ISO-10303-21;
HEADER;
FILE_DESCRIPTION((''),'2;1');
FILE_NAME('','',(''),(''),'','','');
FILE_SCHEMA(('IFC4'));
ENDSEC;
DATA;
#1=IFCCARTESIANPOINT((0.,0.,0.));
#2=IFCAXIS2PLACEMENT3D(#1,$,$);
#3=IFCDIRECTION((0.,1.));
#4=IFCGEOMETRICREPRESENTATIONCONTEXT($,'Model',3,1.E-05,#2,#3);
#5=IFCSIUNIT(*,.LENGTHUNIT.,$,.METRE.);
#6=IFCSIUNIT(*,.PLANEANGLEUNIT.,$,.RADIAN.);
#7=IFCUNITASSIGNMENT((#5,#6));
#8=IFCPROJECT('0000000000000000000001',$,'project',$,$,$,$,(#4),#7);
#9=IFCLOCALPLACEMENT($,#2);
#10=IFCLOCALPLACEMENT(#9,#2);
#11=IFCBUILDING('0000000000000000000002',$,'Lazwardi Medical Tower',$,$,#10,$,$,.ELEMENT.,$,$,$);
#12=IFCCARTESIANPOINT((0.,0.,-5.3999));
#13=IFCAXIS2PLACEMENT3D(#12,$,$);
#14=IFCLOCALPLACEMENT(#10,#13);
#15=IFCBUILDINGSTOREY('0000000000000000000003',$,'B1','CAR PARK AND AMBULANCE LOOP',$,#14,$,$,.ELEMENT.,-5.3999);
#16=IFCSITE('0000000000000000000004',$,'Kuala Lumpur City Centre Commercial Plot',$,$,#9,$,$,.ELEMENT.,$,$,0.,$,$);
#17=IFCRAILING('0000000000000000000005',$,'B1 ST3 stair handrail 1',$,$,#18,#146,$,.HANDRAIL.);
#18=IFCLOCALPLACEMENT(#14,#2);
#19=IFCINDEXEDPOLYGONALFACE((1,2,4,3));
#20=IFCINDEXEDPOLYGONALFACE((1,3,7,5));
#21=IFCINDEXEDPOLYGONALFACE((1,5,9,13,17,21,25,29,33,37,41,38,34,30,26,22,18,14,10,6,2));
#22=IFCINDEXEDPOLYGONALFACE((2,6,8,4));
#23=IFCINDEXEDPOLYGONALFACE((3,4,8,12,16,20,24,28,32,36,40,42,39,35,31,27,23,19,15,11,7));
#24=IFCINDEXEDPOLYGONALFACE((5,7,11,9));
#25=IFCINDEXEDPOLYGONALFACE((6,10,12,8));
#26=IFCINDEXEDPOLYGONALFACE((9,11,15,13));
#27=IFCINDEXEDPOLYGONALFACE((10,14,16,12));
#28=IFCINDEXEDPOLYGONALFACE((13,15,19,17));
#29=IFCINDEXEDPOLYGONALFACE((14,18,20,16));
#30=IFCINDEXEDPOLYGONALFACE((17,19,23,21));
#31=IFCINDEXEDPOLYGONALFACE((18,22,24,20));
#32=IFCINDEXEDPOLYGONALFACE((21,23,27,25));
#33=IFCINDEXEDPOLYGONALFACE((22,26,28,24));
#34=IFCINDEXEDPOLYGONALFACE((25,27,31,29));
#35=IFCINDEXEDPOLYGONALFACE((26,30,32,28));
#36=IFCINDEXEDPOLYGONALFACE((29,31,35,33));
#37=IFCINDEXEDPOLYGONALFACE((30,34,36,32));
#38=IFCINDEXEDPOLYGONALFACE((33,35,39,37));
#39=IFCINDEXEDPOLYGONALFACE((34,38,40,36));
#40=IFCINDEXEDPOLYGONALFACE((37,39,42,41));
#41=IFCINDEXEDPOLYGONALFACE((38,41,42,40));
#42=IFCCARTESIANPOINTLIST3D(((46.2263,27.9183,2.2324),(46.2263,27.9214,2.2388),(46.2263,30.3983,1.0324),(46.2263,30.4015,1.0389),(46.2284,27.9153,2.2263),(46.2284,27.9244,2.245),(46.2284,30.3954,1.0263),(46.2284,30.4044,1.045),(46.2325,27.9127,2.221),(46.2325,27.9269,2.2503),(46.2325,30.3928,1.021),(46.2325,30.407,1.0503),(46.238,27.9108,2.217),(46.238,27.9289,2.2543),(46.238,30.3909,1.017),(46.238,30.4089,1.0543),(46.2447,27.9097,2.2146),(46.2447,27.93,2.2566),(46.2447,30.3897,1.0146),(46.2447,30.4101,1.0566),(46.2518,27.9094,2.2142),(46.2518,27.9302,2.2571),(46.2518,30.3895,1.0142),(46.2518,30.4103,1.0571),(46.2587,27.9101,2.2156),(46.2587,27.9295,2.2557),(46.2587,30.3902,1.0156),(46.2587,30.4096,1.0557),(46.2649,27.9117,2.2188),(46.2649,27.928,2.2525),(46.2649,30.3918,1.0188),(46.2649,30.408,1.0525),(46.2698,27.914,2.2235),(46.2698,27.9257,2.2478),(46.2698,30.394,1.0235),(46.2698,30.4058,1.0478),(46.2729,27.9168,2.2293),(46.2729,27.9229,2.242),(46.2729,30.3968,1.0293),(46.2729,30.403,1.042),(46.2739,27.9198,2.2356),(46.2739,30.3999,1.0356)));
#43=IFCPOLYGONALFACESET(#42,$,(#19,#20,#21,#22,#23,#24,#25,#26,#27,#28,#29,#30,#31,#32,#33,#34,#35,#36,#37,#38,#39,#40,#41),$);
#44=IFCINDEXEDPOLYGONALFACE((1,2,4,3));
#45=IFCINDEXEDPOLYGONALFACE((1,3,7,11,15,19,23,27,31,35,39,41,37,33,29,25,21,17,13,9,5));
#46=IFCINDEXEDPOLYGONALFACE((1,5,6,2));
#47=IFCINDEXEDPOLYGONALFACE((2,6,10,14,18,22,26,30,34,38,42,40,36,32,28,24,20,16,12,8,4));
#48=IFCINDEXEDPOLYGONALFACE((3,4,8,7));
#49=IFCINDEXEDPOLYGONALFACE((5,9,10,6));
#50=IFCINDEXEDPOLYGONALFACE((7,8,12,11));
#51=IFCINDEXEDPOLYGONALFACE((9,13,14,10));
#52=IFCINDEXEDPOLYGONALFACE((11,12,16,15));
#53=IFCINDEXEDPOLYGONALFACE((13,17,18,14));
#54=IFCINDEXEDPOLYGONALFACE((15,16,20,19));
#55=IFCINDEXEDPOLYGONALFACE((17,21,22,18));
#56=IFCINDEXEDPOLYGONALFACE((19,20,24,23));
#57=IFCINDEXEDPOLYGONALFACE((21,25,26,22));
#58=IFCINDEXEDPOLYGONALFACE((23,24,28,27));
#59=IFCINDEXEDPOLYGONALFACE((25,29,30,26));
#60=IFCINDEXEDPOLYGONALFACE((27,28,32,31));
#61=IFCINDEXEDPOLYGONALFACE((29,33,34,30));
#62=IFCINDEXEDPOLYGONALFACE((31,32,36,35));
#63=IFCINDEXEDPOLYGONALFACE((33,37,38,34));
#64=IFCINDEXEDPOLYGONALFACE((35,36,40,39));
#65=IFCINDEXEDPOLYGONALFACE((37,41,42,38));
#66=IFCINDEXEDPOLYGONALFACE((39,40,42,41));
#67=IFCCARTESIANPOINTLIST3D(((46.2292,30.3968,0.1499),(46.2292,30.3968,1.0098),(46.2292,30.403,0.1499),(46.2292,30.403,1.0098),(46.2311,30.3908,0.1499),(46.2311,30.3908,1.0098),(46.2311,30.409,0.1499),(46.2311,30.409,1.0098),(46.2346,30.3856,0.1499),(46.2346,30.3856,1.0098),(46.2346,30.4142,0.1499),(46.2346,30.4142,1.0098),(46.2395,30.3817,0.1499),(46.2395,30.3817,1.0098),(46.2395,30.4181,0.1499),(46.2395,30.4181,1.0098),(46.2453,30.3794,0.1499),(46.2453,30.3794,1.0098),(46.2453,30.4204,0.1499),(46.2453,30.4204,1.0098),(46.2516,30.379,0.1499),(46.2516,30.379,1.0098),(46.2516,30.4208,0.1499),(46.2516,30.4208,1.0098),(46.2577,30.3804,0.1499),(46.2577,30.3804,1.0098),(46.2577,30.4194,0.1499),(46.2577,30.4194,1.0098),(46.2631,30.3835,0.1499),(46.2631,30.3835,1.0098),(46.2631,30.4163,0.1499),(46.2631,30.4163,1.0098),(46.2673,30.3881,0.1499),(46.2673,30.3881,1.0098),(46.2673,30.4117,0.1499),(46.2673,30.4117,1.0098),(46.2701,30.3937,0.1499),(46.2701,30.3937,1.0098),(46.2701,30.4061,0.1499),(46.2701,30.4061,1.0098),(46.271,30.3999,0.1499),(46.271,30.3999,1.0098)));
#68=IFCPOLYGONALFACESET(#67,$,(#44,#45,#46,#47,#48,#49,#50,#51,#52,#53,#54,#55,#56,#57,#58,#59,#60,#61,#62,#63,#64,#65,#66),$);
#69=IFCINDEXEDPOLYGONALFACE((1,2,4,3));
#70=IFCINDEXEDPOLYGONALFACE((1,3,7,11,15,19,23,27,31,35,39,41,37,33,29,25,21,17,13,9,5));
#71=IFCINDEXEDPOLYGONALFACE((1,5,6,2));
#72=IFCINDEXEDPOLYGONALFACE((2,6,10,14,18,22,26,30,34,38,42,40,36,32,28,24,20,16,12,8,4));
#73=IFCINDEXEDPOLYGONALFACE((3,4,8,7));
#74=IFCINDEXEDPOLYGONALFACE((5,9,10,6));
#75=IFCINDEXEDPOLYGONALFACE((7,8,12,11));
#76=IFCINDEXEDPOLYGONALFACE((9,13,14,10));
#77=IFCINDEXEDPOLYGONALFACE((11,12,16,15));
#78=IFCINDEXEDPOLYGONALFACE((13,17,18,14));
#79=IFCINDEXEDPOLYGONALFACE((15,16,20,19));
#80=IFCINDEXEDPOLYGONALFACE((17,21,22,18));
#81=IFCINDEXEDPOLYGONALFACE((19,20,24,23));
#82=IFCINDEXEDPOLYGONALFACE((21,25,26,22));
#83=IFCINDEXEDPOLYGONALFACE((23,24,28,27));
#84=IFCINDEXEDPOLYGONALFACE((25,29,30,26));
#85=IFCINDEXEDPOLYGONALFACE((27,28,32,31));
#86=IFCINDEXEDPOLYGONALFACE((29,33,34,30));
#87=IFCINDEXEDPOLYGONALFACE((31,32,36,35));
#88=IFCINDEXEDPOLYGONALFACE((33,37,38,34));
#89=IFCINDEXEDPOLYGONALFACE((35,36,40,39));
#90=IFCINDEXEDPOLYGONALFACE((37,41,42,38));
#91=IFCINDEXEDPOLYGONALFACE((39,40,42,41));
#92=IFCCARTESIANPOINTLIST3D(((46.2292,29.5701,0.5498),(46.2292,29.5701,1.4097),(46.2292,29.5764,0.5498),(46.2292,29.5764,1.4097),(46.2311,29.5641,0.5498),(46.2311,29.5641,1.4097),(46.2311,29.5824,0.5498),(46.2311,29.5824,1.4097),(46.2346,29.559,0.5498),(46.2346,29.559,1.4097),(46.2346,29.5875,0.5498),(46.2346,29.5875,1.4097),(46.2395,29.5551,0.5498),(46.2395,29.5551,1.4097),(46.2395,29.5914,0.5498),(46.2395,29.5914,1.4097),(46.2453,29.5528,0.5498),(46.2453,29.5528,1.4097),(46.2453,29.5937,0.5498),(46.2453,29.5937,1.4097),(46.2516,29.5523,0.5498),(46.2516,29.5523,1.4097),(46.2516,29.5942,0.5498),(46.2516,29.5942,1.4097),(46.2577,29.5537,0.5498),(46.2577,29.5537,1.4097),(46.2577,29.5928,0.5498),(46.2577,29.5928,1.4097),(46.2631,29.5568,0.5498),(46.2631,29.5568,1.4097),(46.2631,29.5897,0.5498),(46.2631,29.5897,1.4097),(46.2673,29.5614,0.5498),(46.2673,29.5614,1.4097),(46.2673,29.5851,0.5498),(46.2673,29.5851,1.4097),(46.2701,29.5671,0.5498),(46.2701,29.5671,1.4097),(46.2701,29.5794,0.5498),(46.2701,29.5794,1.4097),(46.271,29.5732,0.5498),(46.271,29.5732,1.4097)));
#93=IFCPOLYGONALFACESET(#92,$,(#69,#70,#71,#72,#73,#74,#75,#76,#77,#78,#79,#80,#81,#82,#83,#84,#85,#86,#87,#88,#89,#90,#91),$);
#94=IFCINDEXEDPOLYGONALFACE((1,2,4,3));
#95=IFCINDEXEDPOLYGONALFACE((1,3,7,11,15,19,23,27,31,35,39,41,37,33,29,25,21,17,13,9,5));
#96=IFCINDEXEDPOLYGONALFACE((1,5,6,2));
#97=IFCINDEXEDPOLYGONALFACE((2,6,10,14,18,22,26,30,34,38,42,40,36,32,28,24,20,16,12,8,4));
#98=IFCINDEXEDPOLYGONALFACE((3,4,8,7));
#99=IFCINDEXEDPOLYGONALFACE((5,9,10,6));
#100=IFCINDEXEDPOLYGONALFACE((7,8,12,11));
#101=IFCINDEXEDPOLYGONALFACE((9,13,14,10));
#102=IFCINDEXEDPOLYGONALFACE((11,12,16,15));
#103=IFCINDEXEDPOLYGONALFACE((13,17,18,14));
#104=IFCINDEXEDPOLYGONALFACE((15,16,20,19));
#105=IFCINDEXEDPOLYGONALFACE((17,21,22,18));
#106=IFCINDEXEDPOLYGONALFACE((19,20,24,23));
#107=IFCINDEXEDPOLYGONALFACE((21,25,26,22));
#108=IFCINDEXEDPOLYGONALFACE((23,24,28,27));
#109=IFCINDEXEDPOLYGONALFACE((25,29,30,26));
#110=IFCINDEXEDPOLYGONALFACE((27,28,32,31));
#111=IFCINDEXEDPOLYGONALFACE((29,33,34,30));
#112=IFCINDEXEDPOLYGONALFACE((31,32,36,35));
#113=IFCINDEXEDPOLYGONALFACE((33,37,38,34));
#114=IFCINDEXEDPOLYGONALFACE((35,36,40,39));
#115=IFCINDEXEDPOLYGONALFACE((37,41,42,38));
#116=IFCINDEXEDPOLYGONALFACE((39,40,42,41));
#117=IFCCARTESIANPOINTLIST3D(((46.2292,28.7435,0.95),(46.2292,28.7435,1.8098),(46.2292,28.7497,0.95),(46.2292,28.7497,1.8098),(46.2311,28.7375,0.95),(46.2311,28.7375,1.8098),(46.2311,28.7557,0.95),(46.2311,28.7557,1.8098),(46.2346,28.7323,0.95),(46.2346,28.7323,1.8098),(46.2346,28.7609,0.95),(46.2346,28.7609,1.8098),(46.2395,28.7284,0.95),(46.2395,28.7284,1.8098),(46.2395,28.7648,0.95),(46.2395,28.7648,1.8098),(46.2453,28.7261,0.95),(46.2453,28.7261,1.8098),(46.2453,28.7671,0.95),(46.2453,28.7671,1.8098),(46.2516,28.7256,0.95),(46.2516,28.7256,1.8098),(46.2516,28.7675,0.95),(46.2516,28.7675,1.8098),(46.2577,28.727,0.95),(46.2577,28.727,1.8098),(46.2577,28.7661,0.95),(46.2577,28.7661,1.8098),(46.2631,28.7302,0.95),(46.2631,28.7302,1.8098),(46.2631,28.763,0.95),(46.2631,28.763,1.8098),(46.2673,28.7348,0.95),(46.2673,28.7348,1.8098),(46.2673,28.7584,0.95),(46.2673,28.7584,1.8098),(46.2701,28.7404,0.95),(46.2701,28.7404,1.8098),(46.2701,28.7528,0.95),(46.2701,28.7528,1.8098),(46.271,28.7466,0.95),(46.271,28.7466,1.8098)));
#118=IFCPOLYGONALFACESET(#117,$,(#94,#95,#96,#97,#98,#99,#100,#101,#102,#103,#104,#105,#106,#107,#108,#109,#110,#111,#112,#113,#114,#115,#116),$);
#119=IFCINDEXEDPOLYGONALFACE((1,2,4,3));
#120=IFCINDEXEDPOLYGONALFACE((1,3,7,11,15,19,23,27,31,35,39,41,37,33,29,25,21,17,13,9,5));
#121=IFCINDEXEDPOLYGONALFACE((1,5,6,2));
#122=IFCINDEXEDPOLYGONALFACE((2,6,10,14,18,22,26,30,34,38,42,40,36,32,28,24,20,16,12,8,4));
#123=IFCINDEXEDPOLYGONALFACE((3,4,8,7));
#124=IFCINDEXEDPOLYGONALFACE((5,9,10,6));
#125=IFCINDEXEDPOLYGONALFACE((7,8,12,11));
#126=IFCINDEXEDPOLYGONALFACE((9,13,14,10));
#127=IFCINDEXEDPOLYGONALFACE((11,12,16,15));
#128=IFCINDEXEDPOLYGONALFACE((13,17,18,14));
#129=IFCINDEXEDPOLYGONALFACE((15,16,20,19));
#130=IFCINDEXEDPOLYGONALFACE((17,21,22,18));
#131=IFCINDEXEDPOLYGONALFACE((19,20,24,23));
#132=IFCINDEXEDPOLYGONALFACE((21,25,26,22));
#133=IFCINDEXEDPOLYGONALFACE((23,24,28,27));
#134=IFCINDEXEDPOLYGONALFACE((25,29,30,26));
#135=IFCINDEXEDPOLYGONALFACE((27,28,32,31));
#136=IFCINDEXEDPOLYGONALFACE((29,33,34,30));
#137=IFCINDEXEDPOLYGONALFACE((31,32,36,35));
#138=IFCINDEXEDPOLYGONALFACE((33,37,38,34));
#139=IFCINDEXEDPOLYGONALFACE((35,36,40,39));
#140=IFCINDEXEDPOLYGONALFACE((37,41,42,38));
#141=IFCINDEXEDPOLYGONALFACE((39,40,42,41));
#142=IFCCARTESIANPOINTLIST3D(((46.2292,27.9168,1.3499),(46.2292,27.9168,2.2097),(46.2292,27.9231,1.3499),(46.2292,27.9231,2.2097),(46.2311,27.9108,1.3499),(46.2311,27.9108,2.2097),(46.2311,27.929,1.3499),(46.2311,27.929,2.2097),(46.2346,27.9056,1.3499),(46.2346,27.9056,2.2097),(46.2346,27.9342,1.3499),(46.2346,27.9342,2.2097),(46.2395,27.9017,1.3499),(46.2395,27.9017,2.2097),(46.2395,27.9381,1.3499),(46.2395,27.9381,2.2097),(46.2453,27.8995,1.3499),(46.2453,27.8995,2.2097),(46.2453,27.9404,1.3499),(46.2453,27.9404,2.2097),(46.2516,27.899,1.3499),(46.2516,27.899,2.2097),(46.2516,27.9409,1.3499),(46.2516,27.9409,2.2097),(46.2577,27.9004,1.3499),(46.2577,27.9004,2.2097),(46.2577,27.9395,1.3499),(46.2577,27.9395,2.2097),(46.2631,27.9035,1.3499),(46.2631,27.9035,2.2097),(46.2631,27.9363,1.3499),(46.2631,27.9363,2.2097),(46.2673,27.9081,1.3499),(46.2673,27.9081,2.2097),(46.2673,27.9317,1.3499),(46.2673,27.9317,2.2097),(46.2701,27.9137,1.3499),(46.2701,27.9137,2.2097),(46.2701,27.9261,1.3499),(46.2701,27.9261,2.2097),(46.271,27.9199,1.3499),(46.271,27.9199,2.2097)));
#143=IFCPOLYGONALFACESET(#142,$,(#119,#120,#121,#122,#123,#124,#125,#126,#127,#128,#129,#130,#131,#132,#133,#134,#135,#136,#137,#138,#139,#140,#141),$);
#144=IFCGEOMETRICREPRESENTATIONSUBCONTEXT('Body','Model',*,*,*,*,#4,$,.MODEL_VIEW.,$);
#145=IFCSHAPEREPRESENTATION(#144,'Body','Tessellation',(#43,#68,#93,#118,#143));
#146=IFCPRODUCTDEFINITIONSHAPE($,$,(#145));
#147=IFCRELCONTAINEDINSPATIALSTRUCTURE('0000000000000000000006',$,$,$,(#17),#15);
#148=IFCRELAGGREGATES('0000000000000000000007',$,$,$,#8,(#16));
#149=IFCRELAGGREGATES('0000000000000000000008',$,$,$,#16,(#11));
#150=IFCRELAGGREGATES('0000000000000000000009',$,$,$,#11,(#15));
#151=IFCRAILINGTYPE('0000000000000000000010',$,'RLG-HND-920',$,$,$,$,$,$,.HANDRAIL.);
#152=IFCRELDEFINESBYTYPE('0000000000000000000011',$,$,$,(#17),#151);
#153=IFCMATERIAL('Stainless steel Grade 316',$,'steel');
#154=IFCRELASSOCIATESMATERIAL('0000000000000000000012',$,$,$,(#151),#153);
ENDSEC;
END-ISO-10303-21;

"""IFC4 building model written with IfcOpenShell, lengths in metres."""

from ifc_helpers import new_model, si_unit, direction, frame, origin, origin_2d, place, context, subcontext, project, spatial, circle, extrude, material, type_object, element, save


model = new_model("IFC4")

# Units and contexts
model_context = context("Model", 3, precision=1e-05, world=origin(), true_north=direction((0.0, 1.0)))
body_context = subcontext(model_context, "Body", "Model", "MODEL_VIEW")
ifc_project = project(units=[si_unit("LENGTHUNIT", "METRE"), si_unit("PLANEANGLEUNIT", "RADIAN")], contexts=[model_context])

# Site, building, storey
site_placement = place(None, origin())
site = spatial("IfcSite", under=ifc_project, at=site_placement, Name="Kuala Lumpur City Centre Commercial Plot", CompositionType="ELEMENT", RefElevation=0.0)
building_placement = place(site_placement, origin())
building = spatial("IfcBuilding", under=site, at=building_placement, Name="Lazwardi Medical Tower", CompositionType="ELEMENT")
storey_placement = place(building_placement, frame((0.0, 0.0, -5.3999)))
storey = spatial("IfcBuildingStorey", under=building, at=storey_placement, Name="B1", Description="CAR PARK AND AMBULANCE LOOP", CompositionType="ELEMENT", Elevation=-5.3999)

# Railing
ifc_material_1 = material(Name="Stainless steel Grade 316", Category="steel")
railing_type_1 = type_object("IfcRailingType", Name="RLG-HND-920", PredefinedType="HANDRAIL", material=ifc_material_1)
for number, where, name in (
    (1, (46.25, 30.3999, 0.1499), "B1 ST3 stair handrail 1"),
):
    element("IfcRailing", number, at=place(storey_placement, frame(where)), inside=storey, type_object=railing_type_1, Name=name, PredefinedType="HANDRAIL", context=body_context, shape_type="SweptSolid", body=[
        extrude(circle(Radius=0.0239, at=origin_2d()), frame((0.0, 0.0, 0.8857), z_axis=(0.0, -0.900165, 0.435549), x_axis=(1.0, 0.0, 0.0)), (0.0, 0.0, 1.0), 2.7551),
        extrude(circle(Radius=0.021, at=origin_2d()), origin(), (0.0, 0.0, 1.0), 0.8599),
        extrude(circle(Radius=0.021, at=origin_2d()), frame((0.0, -0.8267, 0.3999)), (0.0, 0.0, 1.0), 0.8599),
        extrude(circle(Radius=0.021, at=origin_2d()), frame((0.0, -1.6533, 0.8)), (0.0, 0.0, 1.0), 0.8599),
        extrude(circle(Radius=0.021, at=origin_2d()), frame((0.0, -2.48, 1.2)), (0.0, 0.0, 1.0), 0.8599),
    ])

save(model, "model.ifc")
